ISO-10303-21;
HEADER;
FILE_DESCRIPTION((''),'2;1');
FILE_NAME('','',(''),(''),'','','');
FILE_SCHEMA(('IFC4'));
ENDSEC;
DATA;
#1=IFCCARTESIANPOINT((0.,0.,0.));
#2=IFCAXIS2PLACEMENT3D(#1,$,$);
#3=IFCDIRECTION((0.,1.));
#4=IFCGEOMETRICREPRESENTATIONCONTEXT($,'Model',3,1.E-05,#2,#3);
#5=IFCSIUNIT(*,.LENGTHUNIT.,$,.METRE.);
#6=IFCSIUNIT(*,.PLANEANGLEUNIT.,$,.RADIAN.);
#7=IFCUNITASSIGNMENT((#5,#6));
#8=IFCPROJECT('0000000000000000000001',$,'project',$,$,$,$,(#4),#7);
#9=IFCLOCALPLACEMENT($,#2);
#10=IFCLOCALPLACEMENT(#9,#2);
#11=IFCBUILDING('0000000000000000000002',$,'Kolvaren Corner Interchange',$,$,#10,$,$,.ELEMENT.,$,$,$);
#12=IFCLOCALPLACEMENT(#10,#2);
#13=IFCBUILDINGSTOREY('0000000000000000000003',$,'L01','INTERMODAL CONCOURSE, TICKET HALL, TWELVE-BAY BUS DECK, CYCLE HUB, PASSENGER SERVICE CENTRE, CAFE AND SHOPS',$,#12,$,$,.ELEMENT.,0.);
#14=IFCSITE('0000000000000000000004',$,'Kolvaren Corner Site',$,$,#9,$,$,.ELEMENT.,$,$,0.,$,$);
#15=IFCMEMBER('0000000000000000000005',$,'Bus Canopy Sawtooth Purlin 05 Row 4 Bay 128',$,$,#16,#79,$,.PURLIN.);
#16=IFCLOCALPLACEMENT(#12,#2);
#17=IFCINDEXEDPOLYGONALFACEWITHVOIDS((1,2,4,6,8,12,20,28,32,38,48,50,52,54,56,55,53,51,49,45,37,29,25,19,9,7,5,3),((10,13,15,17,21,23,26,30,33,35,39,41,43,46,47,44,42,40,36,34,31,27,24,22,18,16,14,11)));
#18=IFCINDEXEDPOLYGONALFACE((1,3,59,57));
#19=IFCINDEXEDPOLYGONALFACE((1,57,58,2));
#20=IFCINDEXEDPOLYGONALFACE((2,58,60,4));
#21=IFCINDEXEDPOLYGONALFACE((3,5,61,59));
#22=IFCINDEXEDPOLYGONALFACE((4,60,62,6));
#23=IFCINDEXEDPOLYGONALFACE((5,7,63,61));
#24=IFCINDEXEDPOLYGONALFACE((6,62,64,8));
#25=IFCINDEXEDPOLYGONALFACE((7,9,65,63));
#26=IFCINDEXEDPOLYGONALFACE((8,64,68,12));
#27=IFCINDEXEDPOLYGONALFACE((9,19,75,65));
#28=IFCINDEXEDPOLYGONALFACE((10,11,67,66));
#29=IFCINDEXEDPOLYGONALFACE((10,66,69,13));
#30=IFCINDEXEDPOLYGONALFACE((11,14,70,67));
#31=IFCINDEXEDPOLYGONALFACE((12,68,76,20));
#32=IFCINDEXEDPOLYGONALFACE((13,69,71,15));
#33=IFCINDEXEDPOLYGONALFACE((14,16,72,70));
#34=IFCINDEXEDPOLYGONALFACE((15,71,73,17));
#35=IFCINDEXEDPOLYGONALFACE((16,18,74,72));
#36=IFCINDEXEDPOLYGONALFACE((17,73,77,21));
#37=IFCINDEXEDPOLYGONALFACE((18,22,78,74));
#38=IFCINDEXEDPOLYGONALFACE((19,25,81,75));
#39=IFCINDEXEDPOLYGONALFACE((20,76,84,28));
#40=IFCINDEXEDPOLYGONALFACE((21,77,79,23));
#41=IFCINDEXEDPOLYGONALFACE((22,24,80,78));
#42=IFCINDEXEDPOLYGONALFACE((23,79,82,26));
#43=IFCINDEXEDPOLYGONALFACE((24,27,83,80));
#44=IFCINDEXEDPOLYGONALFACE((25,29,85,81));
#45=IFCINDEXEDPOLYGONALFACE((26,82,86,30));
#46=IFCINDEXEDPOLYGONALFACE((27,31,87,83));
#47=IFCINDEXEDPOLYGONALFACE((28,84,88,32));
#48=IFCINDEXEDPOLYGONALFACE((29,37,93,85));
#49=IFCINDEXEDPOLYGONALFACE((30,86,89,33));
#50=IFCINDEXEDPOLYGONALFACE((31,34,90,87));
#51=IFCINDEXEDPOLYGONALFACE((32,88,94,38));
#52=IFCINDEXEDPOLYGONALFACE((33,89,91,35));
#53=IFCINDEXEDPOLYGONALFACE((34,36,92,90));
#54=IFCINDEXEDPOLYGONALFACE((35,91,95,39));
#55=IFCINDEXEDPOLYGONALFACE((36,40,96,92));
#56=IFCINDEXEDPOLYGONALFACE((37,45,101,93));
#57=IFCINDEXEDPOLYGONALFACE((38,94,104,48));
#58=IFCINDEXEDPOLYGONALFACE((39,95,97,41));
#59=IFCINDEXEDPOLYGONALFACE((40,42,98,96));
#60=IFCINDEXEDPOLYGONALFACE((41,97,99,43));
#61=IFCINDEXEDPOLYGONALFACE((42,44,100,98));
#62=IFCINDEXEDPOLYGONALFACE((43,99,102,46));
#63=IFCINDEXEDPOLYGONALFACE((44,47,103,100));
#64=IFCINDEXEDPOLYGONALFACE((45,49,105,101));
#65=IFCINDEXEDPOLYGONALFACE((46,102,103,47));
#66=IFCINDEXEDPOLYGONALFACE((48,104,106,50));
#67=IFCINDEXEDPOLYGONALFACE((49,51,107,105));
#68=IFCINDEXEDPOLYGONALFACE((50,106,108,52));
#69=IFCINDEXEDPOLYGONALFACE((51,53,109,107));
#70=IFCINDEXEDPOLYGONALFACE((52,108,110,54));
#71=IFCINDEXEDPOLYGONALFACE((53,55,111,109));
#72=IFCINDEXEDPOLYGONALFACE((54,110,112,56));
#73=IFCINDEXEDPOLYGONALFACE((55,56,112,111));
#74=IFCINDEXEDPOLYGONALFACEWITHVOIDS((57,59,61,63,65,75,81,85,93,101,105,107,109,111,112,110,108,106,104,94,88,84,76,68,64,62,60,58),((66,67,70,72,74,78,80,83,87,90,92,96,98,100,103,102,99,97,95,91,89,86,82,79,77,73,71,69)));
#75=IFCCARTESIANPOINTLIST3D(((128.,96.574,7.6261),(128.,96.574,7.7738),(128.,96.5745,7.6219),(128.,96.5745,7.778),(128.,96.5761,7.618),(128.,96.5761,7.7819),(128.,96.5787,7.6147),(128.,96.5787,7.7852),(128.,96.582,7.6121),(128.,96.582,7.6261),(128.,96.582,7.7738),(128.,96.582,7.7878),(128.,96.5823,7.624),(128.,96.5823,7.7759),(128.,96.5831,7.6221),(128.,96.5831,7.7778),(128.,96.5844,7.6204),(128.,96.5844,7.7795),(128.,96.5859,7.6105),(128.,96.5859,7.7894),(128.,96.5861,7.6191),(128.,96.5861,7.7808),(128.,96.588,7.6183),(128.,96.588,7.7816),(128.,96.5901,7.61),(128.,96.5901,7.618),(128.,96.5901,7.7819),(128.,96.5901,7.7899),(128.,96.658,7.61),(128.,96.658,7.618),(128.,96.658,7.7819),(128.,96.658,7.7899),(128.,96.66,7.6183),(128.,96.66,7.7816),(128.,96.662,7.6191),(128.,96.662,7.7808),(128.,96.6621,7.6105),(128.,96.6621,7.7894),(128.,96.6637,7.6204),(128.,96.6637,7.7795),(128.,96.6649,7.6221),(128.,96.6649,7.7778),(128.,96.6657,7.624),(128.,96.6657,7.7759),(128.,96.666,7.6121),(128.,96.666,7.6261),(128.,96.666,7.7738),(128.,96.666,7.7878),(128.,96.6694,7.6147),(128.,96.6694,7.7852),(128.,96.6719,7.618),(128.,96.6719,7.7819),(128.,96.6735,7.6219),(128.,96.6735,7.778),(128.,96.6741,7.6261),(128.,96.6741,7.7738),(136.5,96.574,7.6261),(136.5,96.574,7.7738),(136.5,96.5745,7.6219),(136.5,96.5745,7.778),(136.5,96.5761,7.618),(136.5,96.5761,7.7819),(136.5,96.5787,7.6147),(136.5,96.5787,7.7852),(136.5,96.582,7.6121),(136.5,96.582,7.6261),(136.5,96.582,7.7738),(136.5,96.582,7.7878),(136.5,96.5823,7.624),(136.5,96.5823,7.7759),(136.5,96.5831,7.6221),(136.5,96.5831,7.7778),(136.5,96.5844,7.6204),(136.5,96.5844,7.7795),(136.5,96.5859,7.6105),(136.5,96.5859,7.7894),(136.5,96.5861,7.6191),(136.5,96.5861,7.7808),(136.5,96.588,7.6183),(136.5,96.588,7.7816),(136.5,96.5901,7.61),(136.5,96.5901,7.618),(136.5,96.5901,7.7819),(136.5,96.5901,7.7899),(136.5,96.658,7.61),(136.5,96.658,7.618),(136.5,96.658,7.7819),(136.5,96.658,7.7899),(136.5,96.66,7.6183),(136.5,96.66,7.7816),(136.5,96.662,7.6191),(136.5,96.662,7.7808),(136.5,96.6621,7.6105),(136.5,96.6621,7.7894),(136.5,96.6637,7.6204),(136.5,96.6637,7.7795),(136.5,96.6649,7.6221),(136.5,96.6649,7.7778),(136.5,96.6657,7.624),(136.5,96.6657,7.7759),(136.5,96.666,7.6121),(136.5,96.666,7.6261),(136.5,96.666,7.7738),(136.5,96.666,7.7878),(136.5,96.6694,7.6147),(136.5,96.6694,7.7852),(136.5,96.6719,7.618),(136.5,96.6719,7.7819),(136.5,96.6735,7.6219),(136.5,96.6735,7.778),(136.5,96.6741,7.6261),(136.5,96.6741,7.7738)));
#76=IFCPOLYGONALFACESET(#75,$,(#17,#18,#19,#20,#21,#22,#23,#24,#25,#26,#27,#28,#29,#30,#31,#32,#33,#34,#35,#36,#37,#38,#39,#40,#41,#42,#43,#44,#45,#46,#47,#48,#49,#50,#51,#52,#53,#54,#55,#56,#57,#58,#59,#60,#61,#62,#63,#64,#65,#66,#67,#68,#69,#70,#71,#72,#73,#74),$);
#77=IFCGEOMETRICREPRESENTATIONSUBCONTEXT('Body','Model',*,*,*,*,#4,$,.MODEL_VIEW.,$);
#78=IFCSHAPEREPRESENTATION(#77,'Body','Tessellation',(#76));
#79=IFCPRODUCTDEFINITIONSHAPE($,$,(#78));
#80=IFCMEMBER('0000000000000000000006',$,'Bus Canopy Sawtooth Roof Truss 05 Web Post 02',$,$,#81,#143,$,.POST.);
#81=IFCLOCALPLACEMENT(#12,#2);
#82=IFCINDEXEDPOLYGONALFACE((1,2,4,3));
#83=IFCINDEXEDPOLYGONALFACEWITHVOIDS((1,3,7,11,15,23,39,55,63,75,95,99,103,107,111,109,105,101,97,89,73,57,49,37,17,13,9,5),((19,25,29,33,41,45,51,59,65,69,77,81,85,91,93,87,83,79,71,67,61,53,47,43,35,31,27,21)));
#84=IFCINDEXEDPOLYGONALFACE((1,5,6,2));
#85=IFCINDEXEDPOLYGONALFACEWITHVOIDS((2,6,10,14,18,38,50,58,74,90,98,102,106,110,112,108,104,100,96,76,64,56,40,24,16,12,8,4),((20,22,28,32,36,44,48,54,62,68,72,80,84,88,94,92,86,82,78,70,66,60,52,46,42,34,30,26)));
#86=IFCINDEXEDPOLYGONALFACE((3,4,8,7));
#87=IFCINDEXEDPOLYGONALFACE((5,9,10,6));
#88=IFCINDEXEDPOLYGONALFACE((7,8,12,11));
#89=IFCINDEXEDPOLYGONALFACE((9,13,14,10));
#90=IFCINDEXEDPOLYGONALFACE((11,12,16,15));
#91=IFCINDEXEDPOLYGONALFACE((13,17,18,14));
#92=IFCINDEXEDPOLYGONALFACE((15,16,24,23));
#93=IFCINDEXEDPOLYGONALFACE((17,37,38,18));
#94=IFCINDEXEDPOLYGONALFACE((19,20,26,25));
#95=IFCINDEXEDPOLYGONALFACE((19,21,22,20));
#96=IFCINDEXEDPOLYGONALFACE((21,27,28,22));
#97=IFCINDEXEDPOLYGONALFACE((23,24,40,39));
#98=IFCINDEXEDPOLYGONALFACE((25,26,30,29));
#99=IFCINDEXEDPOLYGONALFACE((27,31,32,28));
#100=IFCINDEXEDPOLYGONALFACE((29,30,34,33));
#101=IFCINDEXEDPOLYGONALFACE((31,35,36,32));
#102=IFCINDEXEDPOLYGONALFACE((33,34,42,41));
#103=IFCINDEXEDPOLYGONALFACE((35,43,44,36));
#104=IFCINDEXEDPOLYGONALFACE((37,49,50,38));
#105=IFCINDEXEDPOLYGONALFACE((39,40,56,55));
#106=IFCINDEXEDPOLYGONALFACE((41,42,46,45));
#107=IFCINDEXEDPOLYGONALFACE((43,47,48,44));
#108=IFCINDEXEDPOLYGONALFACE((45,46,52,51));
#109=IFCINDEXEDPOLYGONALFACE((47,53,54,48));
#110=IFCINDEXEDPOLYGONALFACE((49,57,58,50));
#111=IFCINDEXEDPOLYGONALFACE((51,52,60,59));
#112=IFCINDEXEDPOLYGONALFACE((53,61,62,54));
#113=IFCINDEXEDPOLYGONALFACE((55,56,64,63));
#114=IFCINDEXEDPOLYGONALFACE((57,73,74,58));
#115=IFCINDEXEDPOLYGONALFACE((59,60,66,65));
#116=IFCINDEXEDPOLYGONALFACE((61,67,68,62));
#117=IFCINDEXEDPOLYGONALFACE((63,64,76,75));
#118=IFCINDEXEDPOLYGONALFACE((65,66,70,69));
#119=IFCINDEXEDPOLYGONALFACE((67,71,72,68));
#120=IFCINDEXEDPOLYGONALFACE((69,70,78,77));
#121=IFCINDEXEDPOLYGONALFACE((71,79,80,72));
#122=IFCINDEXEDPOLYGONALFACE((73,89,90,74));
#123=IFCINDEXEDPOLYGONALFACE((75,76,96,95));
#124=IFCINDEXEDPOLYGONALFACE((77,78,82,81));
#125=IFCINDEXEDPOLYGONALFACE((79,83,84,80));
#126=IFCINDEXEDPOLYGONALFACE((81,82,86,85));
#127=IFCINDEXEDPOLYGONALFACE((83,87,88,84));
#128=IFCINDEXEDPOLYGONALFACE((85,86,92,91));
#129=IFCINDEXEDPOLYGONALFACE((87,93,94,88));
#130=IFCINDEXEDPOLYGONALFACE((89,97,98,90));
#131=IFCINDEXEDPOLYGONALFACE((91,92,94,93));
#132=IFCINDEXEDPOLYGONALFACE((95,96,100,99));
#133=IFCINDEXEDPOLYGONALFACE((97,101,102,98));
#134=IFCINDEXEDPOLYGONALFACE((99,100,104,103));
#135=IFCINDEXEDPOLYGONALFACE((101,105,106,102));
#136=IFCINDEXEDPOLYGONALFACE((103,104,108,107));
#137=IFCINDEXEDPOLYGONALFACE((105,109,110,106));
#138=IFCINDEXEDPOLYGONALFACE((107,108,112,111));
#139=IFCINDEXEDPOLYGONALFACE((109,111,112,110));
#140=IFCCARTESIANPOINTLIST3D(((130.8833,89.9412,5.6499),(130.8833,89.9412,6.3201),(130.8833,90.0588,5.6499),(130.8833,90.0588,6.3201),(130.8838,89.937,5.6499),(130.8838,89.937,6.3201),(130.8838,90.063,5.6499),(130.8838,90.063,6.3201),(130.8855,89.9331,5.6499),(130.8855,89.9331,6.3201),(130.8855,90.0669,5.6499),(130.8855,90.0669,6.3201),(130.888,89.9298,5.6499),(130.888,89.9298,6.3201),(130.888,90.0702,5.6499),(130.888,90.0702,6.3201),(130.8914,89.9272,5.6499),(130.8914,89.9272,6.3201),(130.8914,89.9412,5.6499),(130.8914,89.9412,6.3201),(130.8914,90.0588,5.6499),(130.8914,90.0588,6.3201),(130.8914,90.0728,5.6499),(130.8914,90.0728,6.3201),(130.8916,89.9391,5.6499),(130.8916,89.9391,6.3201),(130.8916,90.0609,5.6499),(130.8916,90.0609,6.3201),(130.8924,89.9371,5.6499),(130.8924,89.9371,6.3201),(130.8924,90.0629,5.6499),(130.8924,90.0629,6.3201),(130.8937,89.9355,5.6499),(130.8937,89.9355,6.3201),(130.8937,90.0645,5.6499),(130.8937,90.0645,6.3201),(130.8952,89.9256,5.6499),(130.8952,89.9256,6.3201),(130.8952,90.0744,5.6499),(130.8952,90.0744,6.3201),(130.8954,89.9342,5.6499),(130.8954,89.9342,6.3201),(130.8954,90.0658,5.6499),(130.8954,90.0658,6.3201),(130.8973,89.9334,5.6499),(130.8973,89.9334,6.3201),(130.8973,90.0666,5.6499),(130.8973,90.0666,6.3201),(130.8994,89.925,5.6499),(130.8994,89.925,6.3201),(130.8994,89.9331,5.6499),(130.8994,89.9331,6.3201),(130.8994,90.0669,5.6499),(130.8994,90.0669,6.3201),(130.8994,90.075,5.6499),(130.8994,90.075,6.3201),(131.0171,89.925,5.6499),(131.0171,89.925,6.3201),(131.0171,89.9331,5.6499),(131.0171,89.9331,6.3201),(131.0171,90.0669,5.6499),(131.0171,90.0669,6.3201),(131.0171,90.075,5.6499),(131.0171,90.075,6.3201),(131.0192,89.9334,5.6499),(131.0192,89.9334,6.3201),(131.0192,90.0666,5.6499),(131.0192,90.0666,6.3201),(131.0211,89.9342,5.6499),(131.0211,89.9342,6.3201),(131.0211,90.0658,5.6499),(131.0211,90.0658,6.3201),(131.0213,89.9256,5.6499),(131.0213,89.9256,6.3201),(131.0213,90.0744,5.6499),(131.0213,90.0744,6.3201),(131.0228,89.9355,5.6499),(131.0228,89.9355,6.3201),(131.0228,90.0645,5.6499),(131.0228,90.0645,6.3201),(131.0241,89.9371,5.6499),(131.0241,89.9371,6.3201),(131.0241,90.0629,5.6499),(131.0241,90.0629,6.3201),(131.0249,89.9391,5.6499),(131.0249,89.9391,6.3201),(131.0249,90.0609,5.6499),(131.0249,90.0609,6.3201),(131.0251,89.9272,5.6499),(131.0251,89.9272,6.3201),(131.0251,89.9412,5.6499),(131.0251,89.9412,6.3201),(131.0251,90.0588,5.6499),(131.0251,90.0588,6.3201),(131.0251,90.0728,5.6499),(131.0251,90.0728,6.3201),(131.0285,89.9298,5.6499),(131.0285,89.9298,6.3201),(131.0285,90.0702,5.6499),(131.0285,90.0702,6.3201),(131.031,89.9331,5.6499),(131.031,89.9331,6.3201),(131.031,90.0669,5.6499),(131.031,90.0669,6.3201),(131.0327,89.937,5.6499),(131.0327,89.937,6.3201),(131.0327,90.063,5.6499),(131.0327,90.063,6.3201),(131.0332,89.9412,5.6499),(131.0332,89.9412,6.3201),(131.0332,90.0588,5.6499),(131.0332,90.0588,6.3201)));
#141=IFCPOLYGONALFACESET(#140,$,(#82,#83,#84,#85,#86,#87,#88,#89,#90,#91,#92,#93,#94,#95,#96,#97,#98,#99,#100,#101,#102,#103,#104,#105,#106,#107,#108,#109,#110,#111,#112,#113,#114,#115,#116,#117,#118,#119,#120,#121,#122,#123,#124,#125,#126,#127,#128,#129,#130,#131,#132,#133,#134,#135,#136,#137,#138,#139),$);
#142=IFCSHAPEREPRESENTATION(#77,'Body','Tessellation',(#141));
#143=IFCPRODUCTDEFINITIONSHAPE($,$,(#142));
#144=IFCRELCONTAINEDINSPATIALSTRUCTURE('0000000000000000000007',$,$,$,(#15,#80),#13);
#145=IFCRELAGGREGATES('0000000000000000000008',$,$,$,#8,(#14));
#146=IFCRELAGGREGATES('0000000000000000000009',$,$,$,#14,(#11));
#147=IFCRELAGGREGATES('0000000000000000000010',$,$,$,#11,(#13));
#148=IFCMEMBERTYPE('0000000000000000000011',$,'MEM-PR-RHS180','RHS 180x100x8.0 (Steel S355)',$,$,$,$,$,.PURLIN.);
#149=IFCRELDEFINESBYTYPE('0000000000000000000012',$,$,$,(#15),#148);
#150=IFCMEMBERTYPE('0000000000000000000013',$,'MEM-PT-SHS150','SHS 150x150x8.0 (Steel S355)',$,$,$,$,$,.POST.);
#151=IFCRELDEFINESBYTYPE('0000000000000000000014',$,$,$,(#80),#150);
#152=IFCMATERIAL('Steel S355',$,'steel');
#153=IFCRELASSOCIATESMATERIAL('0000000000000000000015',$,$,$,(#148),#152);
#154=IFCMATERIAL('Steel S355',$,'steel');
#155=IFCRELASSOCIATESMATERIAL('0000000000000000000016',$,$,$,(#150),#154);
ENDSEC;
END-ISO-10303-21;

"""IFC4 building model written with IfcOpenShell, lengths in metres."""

from ifc_helpers import new_model, si_unit, direction, frame, origin, origin_2d, place, context, subcontext, project, spatial, hollow_rectangle, extrude, material, material_profile, profile_set, type_object, element, save


model = new_model("IFC4")

# Units and contexts
model_context = context("Model", 3, precision=1e-05, world=origin(), true_north=direction((0.0, 1.0)))
body_context = subcontext(model_context, "Body", "Model", "MODEL_VIEW")
ifc_project = project(units=[si_unit("LENGTHUNIT", "METRE"), si_unit("PLANEANGLEUNIT", "RADIAN")], contexts=[model_context])

# Site, building, storey
site_placement = place(None, origin())
site = spatial("IfcSite", under=ifc_project, at=site_placement, Name="Kolvaren Corner Site", CompositionType="ELEMENT", RefElevation=0.0)
building_placement = place(site_placement, origin())
building = spatial("IfcBuilding", under=site, at=building_placement, Name="Kolvaren Corner Interchange", CompositionType="ELEMENT")
storey_placement = place(building_placement, origin())
storey = spatial("IfcBuildingStorey", under=building, at=storey_placement, Name="L01", Description="INTERMODAL CONCOURSE, TICKET HALL, TWELVE-BAY BUS DECK, CYCLE HUB, PASSENGER SERVICE CENTRE, CAFE AND SHOPS", CompositionType="ELEMENT", Elevation=0.0)

# Members
ifc_material_1 = material(Name="Steel S355", Category="steel")
ifc_material_profile_1 = material_profile(ifc_material_1, hollow_rectangle(XDim=0.1001, YDim=0.1799, WallThickness=0.0081, InnerFilletRadius=0.0081, OuterFilletRadius=0.0161, at=origin_2d()), Name="RHS 180x100x8.0")
ifc_profile_set_1 = profile_set([ifc_material_profile_1], Name="Steel S355")
member_type_1 = type_object("IfcMemberType", Name="MEM-PR-RHS180", Description="RHS 180x100x8.0 (Steel S355)", PredefinedType="PURLIN", material=ifc_profile_set_1)
for number, where, z_axis, x_axis, name in (
    (1, (128.0, 96.624, 7.7), (1.0, 0.0, 0.0), (0.0, 1.0, 0.0), "Bus Canopy Sawtooth Purlin 05 Row 4 Bay 128"),
):
    element("IfcMember", number, at=place(storey_placement, frame(where, z_axis=z_axis, x_axis=x_axis)), inside=storey, type_object=member_type_1, Name=name, PredefinedType="PURLIN", context=body_context, shape_type="SweptSolid", body=[
        extrude(hollow_rectangle(XDim=0.1001, YDim=0.1799, WallThickness=0.0081, InnerFilletRadius=0.0081, OuterFilletRadius=0.0161, at=origin_2d()), origin(), (0.0, 0.0, 1.0), 8.5),
    ])
ifc_material_2 = material(Name="Steel S355", Category="steel")
ifc_material_profile_2 = material_profile(ifc_material_2, hollow_rectangle(XDim=0.1499, YDim=0.1499, WallThickness=0.0081, InnerFilletRadius=0.0081, OuterFilletRadius=0.0161, at=origin_2d()), Name="SHS 150x150x8.0")
ifc_profile_set_2 = profile_set([ifc_material_profile_2], Name="Steel S355")
member_type_2 = type_object("IfcMemberType", Name="MEM-PT-SHS150", Description="SHS 150x150x8.0 (Steel S355)", PredefinedType="POST", material=ifc_profile_set_2)
for number, where, z_axis, x_axis, name in (
    (2, (130.9583, 90.0, 5.6499), (0.0, 0.0, 1.0), (1.0, 0.0, 0.0), "Bus Canopy Sawtooth Roof Truss 05 Web Post 02"),
):
    element("IfcMember", number, at=place(storey_placement, frame(where, z_axis=z_axis, x_axis=x_axis)), inside=storey, type_object=member_type_2, Name=name, PredefinedType="POST", context=body_context, shape_type="SweptSolid", body=[
        extrude(hollow_rectangle(XDim=0.1499, YDim=0.1499, WallThickness=0.0081, InnerFilletRadius=0.0081, OuterFilletRadius=0.0161, at=origin_2d()), origin(), (0.0, 0.0, 1.0), 0.6702),
    ])

save(model, "model.ifc")
